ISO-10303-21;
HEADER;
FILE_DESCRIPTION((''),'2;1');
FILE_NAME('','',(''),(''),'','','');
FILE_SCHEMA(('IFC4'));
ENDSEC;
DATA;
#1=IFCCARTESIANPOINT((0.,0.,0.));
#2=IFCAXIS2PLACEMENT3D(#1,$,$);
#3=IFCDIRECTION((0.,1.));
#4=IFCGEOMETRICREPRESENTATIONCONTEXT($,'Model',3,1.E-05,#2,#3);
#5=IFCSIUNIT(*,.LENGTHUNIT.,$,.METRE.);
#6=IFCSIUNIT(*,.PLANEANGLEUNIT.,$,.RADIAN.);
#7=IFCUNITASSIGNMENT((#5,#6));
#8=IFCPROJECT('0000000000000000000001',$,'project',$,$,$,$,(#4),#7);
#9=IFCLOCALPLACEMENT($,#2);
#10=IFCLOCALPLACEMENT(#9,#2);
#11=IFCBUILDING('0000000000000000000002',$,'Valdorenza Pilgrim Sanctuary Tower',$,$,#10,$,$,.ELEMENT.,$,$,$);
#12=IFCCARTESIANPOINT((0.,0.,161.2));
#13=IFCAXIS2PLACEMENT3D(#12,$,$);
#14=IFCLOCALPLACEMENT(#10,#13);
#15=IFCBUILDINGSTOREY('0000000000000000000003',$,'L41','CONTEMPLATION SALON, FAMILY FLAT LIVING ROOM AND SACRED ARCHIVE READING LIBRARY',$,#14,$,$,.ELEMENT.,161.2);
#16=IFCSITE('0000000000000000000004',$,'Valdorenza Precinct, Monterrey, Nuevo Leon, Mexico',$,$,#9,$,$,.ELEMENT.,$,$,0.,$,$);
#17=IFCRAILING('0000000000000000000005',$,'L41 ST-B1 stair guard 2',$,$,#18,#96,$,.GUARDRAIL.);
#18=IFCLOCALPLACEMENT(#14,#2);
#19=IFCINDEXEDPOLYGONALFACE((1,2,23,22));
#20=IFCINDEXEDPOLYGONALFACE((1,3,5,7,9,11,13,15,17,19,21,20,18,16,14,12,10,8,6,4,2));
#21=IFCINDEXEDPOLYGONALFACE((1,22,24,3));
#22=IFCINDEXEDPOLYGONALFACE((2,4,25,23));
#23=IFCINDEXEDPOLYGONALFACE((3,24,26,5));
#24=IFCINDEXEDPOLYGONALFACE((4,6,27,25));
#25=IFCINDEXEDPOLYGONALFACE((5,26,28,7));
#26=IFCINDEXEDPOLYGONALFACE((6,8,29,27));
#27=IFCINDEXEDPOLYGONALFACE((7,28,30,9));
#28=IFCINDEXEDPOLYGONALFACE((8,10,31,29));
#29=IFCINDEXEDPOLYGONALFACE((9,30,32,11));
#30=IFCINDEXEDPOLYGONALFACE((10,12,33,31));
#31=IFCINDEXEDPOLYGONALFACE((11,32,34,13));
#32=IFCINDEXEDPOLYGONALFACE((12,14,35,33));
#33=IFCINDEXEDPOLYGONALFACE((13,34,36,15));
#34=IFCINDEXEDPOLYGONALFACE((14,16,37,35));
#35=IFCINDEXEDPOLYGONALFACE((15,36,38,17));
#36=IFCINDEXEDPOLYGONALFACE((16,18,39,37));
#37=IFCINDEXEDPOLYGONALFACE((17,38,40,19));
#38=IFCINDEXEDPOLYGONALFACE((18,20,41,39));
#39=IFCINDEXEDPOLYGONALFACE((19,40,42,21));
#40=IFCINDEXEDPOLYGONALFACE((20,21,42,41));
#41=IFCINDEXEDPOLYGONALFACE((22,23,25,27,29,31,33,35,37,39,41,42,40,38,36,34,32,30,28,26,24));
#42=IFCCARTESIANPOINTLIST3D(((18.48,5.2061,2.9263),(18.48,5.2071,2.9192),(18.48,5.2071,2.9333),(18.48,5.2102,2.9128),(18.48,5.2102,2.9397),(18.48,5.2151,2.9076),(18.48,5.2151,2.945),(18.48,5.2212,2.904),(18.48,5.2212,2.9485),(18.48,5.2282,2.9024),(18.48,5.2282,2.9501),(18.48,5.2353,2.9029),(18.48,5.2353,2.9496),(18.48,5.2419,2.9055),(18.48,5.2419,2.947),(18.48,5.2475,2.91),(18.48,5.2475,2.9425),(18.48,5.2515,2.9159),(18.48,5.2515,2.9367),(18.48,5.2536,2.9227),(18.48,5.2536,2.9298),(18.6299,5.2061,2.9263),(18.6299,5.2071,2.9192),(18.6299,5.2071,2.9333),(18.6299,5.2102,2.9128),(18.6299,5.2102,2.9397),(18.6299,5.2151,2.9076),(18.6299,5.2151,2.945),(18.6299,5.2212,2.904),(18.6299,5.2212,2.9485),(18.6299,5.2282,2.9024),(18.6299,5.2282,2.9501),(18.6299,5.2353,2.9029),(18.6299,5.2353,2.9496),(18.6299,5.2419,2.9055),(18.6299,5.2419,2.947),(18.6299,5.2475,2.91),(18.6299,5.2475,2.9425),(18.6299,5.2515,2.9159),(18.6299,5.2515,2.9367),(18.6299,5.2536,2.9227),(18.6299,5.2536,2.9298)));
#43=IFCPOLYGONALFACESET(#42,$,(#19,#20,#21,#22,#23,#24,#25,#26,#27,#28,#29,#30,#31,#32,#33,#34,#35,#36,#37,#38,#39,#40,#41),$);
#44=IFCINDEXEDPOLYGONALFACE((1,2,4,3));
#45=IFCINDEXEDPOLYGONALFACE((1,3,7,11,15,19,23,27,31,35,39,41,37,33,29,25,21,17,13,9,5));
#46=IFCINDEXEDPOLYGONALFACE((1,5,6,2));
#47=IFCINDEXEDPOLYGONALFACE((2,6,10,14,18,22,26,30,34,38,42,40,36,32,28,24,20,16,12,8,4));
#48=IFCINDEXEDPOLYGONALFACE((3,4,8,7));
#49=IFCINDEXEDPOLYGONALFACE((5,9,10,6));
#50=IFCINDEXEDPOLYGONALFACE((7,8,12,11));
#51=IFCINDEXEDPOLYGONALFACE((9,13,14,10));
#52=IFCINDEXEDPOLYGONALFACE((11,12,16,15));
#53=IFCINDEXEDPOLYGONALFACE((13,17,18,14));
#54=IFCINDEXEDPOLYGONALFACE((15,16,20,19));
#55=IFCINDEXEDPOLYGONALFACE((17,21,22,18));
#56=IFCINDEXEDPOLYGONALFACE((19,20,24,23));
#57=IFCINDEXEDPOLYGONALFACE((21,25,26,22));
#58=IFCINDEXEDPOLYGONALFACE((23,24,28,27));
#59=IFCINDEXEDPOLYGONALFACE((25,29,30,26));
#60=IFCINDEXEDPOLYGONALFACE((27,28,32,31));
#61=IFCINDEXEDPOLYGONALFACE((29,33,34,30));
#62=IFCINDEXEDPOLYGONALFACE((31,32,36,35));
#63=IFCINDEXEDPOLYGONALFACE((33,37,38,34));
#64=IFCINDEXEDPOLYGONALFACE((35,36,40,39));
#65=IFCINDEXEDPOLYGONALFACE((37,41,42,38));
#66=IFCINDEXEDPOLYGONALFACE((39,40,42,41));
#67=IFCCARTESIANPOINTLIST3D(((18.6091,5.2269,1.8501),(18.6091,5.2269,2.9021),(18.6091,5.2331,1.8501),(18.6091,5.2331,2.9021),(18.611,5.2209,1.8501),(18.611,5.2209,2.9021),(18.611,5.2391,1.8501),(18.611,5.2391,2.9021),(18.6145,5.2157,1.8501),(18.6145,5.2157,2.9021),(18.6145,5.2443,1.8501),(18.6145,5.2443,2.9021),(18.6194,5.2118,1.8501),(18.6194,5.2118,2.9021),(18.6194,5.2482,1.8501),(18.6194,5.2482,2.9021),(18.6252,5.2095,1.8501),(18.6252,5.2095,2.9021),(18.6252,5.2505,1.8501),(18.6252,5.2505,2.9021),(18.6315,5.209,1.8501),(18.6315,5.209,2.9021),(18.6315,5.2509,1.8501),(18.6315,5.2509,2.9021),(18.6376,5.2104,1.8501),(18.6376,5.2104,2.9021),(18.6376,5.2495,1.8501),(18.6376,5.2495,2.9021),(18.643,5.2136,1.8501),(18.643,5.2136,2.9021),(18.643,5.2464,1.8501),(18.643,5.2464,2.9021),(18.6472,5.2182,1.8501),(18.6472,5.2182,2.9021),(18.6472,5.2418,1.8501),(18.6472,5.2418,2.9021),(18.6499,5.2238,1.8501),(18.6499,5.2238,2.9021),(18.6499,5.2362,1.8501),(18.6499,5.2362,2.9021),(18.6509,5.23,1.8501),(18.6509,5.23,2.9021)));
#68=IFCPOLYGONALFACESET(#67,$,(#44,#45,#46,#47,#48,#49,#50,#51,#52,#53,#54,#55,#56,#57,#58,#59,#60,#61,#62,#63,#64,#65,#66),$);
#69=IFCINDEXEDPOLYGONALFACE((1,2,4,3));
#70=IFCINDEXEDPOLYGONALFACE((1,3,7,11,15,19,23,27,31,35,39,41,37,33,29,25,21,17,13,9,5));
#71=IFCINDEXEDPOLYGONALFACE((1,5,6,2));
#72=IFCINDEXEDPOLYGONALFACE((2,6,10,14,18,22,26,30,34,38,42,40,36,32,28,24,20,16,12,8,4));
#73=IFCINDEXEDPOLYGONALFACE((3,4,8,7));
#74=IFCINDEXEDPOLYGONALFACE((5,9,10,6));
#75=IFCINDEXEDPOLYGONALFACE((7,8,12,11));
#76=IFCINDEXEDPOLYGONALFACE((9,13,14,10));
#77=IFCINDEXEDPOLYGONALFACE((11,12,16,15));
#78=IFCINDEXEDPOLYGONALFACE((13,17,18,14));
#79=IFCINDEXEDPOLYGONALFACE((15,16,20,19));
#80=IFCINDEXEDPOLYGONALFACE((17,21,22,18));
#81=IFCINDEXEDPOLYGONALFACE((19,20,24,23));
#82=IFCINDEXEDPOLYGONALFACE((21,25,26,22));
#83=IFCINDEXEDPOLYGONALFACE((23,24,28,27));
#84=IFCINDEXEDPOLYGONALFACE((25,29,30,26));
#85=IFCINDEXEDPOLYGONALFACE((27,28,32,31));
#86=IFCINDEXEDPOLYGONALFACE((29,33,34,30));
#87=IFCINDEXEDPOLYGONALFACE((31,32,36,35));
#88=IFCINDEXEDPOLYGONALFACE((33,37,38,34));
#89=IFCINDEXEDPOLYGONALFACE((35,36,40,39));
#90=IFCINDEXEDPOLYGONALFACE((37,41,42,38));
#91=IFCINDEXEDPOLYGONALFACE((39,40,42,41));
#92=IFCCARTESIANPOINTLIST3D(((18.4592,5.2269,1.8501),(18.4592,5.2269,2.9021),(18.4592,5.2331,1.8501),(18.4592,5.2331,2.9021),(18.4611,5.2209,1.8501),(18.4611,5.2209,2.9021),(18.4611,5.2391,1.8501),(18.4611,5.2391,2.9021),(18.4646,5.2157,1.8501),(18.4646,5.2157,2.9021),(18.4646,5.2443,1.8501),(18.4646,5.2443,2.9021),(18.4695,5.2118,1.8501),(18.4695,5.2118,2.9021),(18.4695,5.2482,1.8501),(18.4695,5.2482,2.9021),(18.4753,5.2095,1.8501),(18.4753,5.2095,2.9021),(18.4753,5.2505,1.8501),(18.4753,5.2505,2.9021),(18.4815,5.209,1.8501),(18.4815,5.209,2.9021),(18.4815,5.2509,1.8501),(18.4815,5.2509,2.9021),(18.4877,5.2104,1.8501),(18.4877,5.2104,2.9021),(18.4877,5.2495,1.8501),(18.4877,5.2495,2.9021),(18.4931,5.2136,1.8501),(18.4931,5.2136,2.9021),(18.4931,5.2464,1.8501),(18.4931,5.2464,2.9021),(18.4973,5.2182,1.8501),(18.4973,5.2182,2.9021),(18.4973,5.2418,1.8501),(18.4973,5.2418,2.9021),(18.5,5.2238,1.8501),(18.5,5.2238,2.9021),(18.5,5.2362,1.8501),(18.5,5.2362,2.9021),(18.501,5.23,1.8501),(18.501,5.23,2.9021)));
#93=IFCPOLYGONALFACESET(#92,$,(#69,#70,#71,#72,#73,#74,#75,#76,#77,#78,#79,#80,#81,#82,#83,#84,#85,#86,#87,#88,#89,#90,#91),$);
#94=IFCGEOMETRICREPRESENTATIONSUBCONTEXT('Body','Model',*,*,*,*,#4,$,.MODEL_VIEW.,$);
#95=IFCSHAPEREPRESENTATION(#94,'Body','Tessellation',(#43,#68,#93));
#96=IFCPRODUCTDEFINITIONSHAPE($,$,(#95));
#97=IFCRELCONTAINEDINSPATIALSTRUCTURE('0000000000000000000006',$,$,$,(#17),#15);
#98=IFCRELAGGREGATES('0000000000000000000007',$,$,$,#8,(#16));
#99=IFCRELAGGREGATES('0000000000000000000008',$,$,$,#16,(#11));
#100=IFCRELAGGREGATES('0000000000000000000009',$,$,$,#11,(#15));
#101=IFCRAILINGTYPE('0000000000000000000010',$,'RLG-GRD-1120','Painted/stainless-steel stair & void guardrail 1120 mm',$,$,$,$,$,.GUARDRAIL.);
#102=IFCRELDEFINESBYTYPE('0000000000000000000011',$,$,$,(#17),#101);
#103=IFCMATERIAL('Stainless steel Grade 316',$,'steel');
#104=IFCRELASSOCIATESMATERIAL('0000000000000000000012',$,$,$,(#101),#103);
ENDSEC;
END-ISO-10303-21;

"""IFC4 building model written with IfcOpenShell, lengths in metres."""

from ifc_helpers import new_model, si_unit, direction, frame, origin, origin_2d, place, context, subcontext, project, spatial, circle, extrude, material, type_object, element, save


model = new_model("IFC4")

# Units and contexts
model_context = context("Model", 3, precision=1e-05, world=origin(), true_north=direction((0.0, 1.0)))
body_context = subcontext(model_context, "Body", "Model", "MODEL_VIEW")
ifc_project = project(units=[si_unit("LENGTHUNIT", "METRE"), si_unit("PLANEANGLEUNIT", "RADIAN")], contexts=[model_context])

# Site, building, storey
site_placement = place(None, origin())
site = spatial("IfcSite", under=ifc_project, at=site_placement, Name="Valdorenza Precinct, Monterrey, Nuevo Leon, Mexico", CompositionType="ELEMENT", RefElevation=0.0)
building_placement = place(site_placement, origin())
building = spatial("IfcBuilding", under=site, at=building_placement, Name="Valdorenza Pilgrim Sanctuary Tower", CompositionType="ELEMENT")
storey_placement = place(building_placement, frame((0.0, 0.0, 161.2)))
storey = spatial("IfcBuildingStorey", under=building, at=storey_placement, Name="L41", Description="CONTEMPLATION SALON, FAMILY FLAT LIVING ROOM AND SACRED ARCHIVE READING LIBRARY", CompositionType="ELEMENT", Elevation=161.2)

# Railing
ifc_material_1 = material(Name="Stainless steel Grade 316", Category="steel")
railing_type_1 = type_object("IfcRailingType", Name="RLG-GRD-1120", Description="Painted/stainless-steel stair & void guardrail 1120 mm", PredefinedType="GUARDRAIL", material=ifc_material_1)
railing_1_placement = place(storey_placement, frame((18.6299, 5.23, 1.8501)))
element("IfcRailing", 1, at=railing_1_placement, inside=storey, type_object=railing_type_1, Name="L41 ST-B1 stair guard 2", PredefinedType="GUARDRAIL", context=body_context, shape_type="SweptSolid", body=[
    extrude(circle(Radius=0.0239, at=origin_2d()), frame((0.0, 0.0, 1.0762), z_axis=(-1.0, 0.0, 0.0), x_axis=(0.0, -1.0, 0.0)), (0.0, 0.0, 1.0), 0.1499),
    extrude(circle(Radius=0.021, at=origin_2d()), origin(), (0.0, 0.0, 1.0), 1.052),
    extrude(circle(Radius=0.021, at=origin_2d()), frame((-0.1499, 0.0, 0.0)), (0.0, 0.0, 1.0), 1.052),
])

save(model, "model.ifc")
